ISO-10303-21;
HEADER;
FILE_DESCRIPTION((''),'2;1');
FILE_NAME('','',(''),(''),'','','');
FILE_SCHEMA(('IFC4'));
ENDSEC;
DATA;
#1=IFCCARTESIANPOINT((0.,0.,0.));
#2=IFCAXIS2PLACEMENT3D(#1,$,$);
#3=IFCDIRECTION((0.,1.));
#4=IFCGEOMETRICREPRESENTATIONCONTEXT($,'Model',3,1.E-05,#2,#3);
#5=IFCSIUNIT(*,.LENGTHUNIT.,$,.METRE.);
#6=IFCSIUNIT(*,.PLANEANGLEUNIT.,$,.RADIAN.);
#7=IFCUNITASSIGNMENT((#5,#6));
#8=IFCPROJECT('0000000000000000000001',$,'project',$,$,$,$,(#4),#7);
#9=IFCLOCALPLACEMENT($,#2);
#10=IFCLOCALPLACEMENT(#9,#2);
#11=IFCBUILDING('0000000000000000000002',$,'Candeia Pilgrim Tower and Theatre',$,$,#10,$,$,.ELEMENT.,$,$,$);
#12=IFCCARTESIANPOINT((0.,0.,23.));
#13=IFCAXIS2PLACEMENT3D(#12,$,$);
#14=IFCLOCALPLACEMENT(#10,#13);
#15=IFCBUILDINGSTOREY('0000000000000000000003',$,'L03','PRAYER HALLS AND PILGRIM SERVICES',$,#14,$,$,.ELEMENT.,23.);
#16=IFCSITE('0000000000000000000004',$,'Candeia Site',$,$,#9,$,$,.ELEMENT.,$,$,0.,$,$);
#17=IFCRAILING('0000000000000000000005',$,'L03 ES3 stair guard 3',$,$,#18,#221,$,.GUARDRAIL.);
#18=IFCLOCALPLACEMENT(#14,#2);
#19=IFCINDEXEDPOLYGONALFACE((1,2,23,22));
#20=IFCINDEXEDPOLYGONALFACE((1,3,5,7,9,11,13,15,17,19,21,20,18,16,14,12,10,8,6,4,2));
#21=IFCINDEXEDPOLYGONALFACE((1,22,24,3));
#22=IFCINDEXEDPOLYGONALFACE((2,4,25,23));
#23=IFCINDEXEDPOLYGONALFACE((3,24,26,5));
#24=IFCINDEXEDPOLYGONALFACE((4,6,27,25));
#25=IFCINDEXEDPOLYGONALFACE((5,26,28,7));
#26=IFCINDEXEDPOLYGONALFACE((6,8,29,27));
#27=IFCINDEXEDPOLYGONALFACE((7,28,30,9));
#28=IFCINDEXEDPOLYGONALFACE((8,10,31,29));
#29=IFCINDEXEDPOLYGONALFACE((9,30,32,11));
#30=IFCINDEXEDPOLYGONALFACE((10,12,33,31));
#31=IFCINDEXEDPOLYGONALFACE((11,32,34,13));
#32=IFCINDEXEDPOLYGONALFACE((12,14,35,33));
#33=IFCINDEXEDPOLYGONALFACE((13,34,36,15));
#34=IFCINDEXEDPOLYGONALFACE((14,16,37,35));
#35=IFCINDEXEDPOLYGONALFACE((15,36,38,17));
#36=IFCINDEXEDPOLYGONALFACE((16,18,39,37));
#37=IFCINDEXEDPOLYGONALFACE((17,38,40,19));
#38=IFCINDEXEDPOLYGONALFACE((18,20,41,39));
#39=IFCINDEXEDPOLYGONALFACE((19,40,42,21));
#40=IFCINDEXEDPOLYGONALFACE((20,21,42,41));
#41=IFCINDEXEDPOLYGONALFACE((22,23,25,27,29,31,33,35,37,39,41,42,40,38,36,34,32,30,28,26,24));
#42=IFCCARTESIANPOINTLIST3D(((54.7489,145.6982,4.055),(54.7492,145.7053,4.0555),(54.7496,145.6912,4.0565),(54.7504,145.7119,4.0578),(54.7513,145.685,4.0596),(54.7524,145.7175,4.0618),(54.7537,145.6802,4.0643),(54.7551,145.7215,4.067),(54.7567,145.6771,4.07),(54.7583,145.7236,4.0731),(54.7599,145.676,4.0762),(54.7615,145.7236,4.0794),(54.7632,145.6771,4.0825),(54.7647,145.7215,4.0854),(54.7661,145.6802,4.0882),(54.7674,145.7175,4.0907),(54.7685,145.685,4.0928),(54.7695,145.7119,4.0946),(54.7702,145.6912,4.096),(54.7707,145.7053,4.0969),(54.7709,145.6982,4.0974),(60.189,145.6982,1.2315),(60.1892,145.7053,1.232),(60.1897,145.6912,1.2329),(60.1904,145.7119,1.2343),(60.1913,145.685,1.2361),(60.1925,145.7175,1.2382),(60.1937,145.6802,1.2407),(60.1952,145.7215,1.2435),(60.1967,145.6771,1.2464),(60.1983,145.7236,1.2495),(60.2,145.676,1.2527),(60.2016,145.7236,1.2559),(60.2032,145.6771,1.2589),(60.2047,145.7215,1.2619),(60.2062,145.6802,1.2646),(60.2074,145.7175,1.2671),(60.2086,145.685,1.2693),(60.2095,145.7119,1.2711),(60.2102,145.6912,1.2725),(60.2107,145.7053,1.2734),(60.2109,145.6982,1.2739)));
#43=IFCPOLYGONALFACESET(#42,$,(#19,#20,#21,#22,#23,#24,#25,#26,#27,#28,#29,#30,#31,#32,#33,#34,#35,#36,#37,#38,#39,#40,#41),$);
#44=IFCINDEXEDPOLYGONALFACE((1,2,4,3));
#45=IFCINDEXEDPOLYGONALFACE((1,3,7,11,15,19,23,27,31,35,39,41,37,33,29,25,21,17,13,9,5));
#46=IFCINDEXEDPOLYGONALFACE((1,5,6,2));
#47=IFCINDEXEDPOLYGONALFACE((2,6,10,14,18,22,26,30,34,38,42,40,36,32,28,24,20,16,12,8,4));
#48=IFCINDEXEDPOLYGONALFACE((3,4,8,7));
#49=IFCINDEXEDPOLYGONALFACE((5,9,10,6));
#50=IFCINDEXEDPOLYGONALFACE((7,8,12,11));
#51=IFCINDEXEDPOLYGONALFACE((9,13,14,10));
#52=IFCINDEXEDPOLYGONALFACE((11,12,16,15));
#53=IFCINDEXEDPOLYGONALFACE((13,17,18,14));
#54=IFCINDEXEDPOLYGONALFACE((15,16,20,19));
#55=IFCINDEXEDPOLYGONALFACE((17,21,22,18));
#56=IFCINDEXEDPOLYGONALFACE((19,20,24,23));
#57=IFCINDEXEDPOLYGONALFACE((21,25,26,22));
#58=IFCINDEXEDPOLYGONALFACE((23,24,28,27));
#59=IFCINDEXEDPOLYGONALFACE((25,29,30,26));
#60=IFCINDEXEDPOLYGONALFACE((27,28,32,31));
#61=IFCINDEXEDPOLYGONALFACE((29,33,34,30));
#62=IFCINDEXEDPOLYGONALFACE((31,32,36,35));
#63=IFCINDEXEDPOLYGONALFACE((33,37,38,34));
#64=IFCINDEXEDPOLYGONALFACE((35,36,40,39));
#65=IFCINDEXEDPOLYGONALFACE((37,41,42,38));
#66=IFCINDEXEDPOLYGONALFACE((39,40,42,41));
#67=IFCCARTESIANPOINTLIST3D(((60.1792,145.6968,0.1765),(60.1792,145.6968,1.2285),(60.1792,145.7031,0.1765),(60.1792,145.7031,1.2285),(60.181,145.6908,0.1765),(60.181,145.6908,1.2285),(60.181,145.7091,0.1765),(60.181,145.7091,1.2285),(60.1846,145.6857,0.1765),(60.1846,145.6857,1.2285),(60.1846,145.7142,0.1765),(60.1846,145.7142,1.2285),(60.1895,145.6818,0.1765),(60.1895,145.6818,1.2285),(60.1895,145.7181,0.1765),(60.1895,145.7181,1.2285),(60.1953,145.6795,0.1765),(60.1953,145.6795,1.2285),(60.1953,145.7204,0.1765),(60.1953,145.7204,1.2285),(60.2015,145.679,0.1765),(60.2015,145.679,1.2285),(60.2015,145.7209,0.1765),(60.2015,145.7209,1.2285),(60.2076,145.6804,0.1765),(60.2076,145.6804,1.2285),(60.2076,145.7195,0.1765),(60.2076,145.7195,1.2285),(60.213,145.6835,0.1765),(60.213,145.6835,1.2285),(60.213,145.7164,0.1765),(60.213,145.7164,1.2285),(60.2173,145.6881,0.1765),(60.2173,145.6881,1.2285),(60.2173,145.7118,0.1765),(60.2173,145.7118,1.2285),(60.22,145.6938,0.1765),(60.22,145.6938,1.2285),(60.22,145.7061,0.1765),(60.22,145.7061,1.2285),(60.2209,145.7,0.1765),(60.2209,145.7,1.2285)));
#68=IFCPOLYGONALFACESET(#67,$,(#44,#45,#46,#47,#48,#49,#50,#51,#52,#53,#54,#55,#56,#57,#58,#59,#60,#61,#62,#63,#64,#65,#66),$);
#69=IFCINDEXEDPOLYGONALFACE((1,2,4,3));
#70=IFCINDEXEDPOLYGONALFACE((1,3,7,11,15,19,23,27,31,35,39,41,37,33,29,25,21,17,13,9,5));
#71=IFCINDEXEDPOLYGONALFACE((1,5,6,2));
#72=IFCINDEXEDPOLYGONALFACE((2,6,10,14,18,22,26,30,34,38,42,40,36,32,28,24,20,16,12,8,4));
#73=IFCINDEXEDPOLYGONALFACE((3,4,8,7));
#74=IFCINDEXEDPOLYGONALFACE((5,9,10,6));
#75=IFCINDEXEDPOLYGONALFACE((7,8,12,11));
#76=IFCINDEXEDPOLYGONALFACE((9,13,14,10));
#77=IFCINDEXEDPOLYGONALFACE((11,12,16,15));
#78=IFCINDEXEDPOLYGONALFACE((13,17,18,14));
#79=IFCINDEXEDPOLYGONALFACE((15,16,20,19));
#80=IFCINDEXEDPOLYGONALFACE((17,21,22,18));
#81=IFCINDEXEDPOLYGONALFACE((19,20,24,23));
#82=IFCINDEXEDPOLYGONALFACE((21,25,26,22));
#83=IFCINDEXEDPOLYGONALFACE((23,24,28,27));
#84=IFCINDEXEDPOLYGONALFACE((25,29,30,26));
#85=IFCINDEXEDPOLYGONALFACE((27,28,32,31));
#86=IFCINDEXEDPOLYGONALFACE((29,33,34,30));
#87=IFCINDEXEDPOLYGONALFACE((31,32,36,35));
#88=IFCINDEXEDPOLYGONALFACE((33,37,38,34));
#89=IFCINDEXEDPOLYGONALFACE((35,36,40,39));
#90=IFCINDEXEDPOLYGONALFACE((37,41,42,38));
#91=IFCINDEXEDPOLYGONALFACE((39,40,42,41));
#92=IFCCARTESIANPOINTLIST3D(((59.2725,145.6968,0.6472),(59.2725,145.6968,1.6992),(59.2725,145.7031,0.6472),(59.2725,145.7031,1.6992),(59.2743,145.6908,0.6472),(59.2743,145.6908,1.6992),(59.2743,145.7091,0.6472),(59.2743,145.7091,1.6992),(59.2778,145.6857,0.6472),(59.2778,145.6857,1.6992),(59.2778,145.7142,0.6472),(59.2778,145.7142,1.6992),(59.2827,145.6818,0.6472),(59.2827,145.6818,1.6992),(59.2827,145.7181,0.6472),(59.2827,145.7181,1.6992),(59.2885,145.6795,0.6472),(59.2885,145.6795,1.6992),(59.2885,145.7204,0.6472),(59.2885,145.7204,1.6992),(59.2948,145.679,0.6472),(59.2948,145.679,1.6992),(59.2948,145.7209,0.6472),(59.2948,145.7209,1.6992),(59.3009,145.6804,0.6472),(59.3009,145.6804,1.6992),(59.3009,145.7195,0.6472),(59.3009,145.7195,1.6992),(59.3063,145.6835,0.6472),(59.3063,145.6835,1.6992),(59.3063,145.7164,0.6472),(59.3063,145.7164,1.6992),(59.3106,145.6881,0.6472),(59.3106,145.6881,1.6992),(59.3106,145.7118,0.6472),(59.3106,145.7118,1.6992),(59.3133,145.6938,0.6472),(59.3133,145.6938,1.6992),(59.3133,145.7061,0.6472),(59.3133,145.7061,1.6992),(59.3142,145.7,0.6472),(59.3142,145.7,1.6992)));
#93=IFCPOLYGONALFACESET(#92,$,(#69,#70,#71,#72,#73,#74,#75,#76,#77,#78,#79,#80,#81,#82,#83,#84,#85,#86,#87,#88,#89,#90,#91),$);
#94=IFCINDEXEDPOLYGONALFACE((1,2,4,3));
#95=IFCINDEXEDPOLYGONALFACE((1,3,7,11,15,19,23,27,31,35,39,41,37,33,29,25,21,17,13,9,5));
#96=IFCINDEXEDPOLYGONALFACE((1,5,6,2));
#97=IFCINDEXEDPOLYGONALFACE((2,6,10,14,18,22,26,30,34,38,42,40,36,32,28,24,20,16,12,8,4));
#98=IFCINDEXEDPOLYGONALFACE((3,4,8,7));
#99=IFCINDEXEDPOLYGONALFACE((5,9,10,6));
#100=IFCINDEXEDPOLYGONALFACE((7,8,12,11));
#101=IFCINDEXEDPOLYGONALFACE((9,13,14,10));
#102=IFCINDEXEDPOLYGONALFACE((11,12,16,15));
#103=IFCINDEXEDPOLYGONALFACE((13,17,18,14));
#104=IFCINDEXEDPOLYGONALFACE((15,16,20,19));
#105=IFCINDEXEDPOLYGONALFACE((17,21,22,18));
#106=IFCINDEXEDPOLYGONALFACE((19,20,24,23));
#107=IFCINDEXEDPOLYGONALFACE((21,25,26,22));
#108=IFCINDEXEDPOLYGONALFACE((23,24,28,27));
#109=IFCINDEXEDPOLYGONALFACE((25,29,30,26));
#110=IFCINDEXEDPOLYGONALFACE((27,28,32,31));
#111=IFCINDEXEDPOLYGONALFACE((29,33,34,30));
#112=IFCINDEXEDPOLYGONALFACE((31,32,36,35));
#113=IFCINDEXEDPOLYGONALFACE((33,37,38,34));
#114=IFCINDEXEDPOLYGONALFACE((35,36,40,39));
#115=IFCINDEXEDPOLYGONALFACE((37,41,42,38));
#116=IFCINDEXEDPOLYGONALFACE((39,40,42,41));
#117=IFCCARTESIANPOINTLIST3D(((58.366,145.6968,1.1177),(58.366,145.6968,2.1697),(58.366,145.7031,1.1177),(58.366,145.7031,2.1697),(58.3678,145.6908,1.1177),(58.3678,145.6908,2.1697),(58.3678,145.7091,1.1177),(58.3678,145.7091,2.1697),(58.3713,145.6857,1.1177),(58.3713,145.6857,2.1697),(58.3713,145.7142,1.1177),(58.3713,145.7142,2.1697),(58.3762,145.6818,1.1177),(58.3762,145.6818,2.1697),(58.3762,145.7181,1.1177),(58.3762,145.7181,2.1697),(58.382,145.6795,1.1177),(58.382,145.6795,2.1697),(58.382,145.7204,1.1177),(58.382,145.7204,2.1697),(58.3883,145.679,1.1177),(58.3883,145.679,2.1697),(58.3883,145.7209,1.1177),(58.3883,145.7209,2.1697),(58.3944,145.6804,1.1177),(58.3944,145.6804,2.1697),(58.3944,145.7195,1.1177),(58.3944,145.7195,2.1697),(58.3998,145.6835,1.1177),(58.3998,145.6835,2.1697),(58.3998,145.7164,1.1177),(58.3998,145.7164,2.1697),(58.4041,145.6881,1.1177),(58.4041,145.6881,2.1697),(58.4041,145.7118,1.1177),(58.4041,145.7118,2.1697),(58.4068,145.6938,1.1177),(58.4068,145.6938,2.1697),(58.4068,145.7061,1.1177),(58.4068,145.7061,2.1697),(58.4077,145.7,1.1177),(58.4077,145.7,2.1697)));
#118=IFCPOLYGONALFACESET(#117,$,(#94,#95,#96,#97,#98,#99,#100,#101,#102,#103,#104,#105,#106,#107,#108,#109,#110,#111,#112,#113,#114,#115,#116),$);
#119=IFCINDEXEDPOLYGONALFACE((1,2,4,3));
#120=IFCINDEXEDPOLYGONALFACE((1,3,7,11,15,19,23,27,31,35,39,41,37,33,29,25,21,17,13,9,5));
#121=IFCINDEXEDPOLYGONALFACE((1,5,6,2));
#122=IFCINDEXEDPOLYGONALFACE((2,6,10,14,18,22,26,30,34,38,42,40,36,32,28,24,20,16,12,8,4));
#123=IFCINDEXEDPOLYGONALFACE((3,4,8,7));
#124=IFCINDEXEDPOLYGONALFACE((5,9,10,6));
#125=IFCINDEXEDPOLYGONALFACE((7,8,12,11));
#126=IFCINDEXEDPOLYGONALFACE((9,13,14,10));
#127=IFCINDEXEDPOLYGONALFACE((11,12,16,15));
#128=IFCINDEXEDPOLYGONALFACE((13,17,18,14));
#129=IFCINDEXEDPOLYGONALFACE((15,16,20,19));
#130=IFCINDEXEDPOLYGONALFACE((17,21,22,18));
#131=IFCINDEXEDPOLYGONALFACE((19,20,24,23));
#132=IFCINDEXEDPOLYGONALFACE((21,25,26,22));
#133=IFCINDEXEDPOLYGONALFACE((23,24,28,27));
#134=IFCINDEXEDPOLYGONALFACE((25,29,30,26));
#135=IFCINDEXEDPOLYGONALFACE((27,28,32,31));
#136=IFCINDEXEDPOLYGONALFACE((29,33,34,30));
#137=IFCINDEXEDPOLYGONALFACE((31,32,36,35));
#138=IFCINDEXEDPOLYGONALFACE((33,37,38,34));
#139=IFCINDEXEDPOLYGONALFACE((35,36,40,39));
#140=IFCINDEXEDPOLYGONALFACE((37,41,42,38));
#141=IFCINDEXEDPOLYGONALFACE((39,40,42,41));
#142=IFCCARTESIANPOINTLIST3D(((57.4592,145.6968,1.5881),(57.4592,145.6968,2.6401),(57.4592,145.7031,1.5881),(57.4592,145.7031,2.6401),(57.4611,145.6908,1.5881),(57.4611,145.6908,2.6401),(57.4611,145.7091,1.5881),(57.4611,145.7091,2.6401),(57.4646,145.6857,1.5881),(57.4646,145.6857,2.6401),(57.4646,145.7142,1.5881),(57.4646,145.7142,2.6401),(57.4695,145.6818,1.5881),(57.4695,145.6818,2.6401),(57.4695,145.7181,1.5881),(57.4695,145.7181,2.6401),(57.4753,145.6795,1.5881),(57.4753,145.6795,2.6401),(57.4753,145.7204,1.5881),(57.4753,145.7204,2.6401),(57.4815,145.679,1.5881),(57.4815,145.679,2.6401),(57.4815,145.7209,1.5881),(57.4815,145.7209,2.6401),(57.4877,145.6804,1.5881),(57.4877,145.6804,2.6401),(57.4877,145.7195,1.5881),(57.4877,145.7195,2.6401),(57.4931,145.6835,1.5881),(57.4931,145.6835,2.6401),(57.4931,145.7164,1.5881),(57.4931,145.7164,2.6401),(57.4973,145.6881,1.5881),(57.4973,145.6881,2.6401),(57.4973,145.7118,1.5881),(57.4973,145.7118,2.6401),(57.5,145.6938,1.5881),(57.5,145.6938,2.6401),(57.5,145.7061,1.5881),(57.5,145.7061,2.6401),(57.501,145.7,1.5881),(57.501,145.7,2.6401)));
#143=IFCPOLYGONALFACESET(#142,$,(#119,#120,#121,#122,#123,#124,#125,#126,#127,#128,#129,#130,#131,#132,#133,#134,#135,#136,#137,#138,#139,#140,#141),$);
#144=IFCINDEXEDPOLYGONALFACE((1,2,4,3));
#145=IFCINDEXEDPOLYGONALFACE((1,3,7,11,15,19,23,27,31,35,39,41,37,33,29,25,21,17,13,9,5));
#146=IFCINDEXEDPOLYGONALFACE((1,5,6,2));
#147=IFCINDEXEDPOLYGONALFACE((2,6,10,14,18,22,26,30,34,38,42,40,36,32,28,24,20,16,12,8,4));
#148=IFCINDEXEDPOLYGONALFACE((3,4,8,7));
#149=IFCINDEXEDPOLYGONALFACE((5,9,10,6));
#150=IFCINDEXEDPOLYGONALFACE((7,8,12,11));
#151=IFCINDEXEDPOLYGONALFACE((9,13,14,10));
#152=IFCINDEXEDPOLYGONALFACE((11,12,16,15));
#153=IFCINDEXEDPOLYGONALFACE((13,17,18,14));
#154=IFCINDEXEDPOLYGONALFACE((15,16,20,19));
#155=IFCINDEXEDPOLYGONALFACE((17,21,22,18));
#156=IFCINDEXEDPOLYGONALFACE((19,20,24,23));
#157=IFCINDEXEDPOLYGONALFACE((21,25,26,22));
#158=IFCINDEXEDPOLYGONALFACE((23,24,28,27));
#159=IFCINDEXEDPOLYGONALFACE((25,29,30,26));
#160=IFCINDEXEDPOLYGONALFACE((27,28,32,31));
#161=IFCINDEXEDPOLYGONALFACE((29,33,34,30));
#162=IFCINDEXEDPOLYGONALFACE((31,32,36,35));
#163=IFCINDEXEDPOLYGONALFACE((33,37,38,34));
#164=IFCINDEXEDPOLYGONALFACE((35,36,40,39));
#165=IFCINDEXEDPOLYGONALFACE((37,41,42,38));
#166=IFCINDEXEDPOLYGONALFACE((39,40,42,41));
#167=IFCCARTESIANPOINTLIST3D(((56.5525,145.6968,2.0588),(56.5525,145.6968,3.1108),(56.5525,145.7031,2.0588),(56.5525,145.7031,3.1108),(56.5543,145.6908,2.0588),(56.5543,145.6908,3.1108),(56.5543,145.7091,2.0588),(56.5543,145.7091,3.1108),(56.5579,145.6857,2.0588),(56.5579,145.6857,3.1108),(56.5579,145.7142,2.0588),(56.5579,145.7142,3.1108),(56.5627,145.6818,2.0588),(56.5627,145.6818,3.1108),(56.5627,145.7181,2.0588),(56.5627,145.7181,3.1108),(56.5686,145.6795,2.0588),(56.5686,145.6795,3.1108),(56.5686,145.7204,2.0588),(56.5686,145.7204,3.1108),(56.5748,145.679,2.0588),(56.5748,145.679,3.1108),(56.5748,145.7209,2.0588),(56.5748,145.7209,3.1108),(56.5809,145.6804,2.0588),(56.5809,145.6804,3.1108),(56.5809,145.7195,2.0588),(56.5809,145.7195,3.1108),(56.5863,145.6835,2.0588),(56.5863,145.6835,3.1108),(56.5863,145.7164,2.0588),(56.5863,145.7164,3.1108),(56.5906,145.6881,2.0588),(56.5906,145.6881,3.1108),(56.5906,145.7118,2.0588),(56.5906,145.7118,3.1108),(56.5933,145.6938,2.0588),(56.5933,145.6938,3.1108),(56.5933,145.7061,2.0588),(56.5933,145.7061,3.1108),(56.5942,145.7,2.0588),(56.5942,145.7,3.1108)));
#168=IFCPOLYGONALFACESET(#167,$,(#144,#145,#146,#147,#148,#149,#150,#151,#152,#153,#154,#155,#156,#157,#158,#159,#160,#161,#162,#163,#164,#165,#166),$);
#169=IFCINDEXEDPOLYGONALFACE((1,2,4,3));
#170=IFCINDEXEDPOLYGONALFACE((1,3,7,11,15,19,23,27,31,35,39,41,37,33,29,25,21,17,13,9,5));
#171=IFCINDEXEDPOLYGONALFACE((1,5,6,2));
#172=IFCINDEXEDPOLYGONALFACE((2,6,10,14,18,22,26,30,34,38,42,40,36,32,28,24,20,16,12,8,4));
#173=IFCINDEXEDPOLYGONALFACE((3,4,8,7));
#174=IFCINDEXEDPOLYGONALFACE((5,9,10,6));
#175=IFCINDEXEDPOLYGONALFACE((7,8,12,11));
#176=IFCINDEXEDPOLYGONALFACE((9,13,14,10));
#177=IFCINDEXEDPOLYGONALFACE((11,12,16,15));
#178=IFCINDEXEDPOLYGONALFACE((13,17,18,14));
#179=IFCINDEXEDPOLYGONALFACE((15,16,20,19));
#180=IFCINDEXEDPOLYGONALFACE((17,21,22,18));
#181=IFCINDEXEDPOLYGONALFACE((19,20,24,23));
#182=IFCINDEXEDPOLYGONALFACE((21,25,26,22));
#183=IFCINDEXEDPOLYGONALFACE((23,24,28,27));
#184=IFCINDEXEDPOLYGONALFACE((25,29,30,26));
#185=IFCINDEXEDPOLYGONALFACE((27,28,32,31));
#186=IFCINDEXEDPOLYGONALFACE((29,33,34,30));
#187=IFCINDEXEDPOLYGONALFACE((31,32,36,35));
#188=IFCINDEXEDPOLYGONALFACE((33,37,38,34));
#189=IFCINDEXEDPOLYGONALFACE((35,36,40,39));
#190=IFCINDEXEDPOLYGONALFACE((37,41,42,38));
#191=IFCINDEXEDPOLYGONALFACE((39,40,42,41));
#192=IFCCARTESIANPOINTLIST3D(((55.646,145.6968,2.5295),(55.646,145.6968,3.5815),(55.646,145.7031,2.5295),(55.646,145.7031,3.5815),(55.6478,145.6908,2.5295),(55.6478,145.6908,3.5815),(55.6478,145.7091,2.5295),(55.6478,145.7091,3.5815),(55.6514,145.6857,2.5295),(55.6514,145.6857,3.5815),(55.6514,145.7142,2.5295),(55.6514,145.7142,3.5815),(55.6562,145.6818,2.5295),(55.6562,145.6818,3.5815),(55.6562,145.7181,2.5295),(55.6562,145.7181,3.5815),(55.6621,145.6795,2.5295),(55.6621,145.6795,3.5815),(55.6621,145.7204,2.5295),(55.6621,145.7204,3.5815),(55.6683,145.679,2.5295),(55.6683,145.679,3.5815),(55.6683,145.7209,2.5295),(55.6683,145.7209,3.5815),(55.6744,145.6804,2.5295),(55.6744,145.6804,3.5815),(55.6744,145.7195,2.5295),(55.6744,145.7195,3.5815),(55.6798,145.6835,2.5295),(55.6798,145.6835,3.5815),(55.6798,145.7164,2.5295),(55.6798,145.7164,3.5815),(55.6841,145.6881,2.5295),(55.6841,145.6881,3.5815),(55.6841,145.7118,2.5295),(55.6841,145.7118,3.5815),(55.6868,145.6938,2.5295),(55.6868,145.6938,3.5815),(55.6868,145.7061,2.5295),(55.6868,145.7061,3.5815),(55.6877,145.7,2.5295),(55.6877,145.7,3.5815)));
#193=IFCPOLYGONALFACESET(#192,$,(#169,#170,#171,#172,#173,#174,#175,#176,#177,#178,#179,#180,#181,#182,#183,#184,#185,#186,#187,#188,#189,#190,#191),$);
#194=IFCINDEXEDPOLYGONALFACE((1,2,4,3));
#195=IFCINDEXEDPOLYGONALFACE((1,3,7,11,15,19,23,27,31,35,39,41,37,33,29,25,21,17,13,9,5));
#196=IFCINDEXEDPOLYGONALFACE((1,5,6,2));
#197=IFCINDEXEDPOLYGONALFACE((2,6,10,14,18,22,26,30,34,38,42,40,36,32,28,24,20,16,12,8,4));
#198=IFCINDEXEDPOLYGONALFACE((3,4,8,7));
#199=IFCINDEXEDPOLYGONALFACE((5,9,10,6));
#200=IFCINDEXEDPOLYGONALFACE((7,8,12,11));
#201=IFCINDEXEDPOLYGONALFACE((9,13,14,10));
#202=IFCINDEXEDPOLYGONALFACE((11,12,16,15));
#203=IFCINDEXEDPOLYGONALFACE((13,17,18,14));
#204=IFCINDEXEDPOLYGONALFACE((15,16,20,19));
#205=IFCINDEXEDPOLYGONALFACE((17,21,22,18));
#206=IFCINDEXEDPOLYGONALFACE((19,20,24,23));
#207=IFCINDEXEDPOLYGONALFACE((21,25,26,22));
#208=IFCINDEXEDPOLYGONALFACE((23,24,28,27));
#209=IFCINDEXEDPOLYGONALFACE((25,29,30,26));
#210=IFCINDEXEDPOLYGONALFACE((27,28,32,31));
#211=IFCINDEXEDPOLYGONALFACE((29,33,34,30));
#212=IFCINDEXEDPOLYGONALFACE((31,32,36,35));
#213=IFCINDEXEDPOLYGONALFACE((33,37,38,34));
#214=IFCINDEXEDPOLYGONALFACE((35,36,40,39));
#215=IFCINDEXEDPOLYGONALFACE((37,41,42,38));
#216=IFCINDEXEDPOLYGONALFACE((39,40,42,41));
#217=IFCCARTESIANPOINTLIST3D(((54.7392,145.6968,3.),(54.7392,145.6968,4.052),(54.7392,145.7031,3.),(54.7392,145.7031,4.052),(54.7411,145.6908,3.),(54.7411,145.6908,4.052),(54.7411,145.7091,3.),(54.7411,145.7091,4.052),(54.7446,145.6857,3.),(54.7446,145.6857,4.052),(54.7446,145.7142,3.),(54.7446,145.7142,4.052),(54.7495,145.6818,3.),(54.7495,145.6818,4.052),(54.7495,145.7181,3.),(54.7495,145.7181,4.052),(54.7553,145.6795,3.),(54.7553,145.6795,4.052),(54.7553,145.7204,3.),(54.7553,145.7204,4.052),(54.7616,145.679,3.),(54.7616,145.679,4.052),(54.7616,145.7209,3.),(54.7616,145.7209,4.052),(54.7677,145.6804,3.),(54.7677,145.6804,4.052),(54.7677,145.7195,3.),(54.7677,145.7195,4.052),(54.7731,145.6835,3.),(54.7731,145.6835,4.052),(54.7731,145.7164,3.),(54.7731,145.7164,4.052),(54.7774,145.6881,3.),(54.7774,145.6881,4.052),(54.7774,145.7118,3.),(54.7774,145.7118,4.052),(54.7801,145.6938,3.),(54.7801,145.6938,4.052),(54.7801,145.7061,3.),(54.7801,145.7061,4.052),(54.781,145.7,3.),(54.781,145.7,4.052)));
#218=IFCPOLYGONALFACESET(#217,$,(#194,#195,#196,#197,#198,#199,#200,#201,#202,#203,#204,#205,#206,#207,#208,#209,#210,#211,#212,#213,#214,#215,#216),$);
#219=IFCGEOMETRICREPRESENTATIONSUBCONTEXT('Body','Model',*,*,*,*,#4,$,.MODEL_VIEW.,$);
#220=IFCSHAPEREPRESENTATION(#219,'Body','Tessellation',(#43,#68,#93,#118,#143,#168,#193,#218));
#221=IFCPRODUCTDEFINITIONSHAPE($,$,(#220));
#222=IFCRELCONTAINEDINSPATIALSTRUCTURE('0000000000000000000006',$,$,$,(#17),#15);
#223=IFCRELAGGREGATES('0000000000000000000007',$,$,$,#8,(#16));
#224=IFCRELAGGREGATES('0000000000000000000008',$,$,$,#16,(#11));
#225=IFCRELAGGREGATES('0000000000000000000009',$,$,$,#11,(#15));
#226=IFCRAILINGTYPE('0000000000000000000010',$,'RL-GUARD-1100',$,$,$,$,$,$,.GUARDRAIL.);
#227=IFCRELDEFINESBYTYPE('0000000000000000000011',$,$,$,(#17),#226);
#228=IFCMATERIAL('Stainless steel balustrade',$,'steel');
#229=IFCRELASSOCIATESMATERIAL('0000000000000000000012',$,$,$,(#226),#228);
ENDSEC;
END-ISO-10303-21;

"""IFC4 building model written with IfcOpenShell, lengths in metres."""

from ifc_helpers import new_model, si_unit, direction, frame, origin, origin_2d, place, context, subcontext, project, spatial, circle, extrude, material, type_object, element, save


model = new_model("IFC4")

# Units and contexts
model_context = context("Model", 3, precision=1e-05, world=origin(), true_north=direction((0.0, 1.0)))
body_context = subcontext(model_context, "Body", "Model", "MODEL_VIEW")
ifc_project = project(units=[si_unit("LENGTHUNIT", "METRE"), si_unit("PLANEANGLEUNIT", "RADIAN")], contexts=[model_context])

# Site, building, storey
site_placement = place(None, origin())
site = spatial("IfcSite", under=ifc_project, at=site_placement, Name="Candeia Site", CompositionType="ELEMENT", RefElevation=0.0)
building_placement = place(site_placement, origin())
building = spatial("IfcBuilding", under=site, at=building_placement, Name="Candeia Pilgrim Tower and Theatre", CompositionType="ELEMENT")
storey_placement = place(building_placement, frame((0.0, 0.0, 23.0)))
storey = spatial("IfcBuildingStorey", under=building, at=storey_placement, Name="L03", Description="PRAYER HALLS AND PILGRIM SERVICES", CompositionType="ELEMENT", Elevation=23.0)

# Railing
ifc_material_1 = material(Name="Stainless steel balustrade", Category="steel")
railing_type_1 = type_object("IfcRailingType", Name="RL-GUARD-1100", PredefinedType="GUARDRAIL", material=ifc_material_1)
railing_1_placement = place(storey_placement, frame((60.2, 145.7, 0.1765)))
element("IfcRailing", 1, at=railing_1_placement, inside=storey, type_object=railing_type_1, Name="L03 ES3 stair guard 3", PredefinedType="GUARDRAIL", context=body_context, shape_type="SweptSolid", body=[
    extrude(circle(Radius=0.0239, at=origin_2d()), frame((0.0, 0.0, 1.0762), z_axis=(-0.887569, 0.0, 0.460674), x_axis=(0.0, -1.0, 0.0)), (0.0, 0.0, 1.0), 6.1292),
    extrude(circle(Radius=0.021, at=origin_2d()), origin(), (0.0, 0.0, 1.0), 1.052),
    extrude(circle(Radius=0.021, at=origin_2d()), frame((-0.9067, 0.0, 0.4707)), (0.0, 0.0, 1.0), 1.052),
    extrude(circle(Radius=0.021, at=origin_2d()), frame((-1.8132, 0.0, 0.9412)), (0.0, 0.0, 1.0), 1.052),
    extrude(circle(Radius=0.021, at=origin_2d()), frame((-2.72, 0.0, 1.4116)), (0.0, 0.0, 1.0), 1.052),
    extrude(circle(Radius=0.021, at=origin_2d()), frame((-3.6267, 0.0, 1.8823)), (0.0, 0.0, 1.0), 1.052),
    extrude(circle(Radius=0.021, at=origin_2d()), frame((-4.5332, 0.0, 2.353)), (0.0, 0.0, 1.0), 1.052),
    extrude(circle(Radius=0.021, at=origin_2d()), frame((-5.4399, 0.0, 2.8235)), (0.0, 0.0, 1.0), 1.052),
])

save(model, "model.ifc")
